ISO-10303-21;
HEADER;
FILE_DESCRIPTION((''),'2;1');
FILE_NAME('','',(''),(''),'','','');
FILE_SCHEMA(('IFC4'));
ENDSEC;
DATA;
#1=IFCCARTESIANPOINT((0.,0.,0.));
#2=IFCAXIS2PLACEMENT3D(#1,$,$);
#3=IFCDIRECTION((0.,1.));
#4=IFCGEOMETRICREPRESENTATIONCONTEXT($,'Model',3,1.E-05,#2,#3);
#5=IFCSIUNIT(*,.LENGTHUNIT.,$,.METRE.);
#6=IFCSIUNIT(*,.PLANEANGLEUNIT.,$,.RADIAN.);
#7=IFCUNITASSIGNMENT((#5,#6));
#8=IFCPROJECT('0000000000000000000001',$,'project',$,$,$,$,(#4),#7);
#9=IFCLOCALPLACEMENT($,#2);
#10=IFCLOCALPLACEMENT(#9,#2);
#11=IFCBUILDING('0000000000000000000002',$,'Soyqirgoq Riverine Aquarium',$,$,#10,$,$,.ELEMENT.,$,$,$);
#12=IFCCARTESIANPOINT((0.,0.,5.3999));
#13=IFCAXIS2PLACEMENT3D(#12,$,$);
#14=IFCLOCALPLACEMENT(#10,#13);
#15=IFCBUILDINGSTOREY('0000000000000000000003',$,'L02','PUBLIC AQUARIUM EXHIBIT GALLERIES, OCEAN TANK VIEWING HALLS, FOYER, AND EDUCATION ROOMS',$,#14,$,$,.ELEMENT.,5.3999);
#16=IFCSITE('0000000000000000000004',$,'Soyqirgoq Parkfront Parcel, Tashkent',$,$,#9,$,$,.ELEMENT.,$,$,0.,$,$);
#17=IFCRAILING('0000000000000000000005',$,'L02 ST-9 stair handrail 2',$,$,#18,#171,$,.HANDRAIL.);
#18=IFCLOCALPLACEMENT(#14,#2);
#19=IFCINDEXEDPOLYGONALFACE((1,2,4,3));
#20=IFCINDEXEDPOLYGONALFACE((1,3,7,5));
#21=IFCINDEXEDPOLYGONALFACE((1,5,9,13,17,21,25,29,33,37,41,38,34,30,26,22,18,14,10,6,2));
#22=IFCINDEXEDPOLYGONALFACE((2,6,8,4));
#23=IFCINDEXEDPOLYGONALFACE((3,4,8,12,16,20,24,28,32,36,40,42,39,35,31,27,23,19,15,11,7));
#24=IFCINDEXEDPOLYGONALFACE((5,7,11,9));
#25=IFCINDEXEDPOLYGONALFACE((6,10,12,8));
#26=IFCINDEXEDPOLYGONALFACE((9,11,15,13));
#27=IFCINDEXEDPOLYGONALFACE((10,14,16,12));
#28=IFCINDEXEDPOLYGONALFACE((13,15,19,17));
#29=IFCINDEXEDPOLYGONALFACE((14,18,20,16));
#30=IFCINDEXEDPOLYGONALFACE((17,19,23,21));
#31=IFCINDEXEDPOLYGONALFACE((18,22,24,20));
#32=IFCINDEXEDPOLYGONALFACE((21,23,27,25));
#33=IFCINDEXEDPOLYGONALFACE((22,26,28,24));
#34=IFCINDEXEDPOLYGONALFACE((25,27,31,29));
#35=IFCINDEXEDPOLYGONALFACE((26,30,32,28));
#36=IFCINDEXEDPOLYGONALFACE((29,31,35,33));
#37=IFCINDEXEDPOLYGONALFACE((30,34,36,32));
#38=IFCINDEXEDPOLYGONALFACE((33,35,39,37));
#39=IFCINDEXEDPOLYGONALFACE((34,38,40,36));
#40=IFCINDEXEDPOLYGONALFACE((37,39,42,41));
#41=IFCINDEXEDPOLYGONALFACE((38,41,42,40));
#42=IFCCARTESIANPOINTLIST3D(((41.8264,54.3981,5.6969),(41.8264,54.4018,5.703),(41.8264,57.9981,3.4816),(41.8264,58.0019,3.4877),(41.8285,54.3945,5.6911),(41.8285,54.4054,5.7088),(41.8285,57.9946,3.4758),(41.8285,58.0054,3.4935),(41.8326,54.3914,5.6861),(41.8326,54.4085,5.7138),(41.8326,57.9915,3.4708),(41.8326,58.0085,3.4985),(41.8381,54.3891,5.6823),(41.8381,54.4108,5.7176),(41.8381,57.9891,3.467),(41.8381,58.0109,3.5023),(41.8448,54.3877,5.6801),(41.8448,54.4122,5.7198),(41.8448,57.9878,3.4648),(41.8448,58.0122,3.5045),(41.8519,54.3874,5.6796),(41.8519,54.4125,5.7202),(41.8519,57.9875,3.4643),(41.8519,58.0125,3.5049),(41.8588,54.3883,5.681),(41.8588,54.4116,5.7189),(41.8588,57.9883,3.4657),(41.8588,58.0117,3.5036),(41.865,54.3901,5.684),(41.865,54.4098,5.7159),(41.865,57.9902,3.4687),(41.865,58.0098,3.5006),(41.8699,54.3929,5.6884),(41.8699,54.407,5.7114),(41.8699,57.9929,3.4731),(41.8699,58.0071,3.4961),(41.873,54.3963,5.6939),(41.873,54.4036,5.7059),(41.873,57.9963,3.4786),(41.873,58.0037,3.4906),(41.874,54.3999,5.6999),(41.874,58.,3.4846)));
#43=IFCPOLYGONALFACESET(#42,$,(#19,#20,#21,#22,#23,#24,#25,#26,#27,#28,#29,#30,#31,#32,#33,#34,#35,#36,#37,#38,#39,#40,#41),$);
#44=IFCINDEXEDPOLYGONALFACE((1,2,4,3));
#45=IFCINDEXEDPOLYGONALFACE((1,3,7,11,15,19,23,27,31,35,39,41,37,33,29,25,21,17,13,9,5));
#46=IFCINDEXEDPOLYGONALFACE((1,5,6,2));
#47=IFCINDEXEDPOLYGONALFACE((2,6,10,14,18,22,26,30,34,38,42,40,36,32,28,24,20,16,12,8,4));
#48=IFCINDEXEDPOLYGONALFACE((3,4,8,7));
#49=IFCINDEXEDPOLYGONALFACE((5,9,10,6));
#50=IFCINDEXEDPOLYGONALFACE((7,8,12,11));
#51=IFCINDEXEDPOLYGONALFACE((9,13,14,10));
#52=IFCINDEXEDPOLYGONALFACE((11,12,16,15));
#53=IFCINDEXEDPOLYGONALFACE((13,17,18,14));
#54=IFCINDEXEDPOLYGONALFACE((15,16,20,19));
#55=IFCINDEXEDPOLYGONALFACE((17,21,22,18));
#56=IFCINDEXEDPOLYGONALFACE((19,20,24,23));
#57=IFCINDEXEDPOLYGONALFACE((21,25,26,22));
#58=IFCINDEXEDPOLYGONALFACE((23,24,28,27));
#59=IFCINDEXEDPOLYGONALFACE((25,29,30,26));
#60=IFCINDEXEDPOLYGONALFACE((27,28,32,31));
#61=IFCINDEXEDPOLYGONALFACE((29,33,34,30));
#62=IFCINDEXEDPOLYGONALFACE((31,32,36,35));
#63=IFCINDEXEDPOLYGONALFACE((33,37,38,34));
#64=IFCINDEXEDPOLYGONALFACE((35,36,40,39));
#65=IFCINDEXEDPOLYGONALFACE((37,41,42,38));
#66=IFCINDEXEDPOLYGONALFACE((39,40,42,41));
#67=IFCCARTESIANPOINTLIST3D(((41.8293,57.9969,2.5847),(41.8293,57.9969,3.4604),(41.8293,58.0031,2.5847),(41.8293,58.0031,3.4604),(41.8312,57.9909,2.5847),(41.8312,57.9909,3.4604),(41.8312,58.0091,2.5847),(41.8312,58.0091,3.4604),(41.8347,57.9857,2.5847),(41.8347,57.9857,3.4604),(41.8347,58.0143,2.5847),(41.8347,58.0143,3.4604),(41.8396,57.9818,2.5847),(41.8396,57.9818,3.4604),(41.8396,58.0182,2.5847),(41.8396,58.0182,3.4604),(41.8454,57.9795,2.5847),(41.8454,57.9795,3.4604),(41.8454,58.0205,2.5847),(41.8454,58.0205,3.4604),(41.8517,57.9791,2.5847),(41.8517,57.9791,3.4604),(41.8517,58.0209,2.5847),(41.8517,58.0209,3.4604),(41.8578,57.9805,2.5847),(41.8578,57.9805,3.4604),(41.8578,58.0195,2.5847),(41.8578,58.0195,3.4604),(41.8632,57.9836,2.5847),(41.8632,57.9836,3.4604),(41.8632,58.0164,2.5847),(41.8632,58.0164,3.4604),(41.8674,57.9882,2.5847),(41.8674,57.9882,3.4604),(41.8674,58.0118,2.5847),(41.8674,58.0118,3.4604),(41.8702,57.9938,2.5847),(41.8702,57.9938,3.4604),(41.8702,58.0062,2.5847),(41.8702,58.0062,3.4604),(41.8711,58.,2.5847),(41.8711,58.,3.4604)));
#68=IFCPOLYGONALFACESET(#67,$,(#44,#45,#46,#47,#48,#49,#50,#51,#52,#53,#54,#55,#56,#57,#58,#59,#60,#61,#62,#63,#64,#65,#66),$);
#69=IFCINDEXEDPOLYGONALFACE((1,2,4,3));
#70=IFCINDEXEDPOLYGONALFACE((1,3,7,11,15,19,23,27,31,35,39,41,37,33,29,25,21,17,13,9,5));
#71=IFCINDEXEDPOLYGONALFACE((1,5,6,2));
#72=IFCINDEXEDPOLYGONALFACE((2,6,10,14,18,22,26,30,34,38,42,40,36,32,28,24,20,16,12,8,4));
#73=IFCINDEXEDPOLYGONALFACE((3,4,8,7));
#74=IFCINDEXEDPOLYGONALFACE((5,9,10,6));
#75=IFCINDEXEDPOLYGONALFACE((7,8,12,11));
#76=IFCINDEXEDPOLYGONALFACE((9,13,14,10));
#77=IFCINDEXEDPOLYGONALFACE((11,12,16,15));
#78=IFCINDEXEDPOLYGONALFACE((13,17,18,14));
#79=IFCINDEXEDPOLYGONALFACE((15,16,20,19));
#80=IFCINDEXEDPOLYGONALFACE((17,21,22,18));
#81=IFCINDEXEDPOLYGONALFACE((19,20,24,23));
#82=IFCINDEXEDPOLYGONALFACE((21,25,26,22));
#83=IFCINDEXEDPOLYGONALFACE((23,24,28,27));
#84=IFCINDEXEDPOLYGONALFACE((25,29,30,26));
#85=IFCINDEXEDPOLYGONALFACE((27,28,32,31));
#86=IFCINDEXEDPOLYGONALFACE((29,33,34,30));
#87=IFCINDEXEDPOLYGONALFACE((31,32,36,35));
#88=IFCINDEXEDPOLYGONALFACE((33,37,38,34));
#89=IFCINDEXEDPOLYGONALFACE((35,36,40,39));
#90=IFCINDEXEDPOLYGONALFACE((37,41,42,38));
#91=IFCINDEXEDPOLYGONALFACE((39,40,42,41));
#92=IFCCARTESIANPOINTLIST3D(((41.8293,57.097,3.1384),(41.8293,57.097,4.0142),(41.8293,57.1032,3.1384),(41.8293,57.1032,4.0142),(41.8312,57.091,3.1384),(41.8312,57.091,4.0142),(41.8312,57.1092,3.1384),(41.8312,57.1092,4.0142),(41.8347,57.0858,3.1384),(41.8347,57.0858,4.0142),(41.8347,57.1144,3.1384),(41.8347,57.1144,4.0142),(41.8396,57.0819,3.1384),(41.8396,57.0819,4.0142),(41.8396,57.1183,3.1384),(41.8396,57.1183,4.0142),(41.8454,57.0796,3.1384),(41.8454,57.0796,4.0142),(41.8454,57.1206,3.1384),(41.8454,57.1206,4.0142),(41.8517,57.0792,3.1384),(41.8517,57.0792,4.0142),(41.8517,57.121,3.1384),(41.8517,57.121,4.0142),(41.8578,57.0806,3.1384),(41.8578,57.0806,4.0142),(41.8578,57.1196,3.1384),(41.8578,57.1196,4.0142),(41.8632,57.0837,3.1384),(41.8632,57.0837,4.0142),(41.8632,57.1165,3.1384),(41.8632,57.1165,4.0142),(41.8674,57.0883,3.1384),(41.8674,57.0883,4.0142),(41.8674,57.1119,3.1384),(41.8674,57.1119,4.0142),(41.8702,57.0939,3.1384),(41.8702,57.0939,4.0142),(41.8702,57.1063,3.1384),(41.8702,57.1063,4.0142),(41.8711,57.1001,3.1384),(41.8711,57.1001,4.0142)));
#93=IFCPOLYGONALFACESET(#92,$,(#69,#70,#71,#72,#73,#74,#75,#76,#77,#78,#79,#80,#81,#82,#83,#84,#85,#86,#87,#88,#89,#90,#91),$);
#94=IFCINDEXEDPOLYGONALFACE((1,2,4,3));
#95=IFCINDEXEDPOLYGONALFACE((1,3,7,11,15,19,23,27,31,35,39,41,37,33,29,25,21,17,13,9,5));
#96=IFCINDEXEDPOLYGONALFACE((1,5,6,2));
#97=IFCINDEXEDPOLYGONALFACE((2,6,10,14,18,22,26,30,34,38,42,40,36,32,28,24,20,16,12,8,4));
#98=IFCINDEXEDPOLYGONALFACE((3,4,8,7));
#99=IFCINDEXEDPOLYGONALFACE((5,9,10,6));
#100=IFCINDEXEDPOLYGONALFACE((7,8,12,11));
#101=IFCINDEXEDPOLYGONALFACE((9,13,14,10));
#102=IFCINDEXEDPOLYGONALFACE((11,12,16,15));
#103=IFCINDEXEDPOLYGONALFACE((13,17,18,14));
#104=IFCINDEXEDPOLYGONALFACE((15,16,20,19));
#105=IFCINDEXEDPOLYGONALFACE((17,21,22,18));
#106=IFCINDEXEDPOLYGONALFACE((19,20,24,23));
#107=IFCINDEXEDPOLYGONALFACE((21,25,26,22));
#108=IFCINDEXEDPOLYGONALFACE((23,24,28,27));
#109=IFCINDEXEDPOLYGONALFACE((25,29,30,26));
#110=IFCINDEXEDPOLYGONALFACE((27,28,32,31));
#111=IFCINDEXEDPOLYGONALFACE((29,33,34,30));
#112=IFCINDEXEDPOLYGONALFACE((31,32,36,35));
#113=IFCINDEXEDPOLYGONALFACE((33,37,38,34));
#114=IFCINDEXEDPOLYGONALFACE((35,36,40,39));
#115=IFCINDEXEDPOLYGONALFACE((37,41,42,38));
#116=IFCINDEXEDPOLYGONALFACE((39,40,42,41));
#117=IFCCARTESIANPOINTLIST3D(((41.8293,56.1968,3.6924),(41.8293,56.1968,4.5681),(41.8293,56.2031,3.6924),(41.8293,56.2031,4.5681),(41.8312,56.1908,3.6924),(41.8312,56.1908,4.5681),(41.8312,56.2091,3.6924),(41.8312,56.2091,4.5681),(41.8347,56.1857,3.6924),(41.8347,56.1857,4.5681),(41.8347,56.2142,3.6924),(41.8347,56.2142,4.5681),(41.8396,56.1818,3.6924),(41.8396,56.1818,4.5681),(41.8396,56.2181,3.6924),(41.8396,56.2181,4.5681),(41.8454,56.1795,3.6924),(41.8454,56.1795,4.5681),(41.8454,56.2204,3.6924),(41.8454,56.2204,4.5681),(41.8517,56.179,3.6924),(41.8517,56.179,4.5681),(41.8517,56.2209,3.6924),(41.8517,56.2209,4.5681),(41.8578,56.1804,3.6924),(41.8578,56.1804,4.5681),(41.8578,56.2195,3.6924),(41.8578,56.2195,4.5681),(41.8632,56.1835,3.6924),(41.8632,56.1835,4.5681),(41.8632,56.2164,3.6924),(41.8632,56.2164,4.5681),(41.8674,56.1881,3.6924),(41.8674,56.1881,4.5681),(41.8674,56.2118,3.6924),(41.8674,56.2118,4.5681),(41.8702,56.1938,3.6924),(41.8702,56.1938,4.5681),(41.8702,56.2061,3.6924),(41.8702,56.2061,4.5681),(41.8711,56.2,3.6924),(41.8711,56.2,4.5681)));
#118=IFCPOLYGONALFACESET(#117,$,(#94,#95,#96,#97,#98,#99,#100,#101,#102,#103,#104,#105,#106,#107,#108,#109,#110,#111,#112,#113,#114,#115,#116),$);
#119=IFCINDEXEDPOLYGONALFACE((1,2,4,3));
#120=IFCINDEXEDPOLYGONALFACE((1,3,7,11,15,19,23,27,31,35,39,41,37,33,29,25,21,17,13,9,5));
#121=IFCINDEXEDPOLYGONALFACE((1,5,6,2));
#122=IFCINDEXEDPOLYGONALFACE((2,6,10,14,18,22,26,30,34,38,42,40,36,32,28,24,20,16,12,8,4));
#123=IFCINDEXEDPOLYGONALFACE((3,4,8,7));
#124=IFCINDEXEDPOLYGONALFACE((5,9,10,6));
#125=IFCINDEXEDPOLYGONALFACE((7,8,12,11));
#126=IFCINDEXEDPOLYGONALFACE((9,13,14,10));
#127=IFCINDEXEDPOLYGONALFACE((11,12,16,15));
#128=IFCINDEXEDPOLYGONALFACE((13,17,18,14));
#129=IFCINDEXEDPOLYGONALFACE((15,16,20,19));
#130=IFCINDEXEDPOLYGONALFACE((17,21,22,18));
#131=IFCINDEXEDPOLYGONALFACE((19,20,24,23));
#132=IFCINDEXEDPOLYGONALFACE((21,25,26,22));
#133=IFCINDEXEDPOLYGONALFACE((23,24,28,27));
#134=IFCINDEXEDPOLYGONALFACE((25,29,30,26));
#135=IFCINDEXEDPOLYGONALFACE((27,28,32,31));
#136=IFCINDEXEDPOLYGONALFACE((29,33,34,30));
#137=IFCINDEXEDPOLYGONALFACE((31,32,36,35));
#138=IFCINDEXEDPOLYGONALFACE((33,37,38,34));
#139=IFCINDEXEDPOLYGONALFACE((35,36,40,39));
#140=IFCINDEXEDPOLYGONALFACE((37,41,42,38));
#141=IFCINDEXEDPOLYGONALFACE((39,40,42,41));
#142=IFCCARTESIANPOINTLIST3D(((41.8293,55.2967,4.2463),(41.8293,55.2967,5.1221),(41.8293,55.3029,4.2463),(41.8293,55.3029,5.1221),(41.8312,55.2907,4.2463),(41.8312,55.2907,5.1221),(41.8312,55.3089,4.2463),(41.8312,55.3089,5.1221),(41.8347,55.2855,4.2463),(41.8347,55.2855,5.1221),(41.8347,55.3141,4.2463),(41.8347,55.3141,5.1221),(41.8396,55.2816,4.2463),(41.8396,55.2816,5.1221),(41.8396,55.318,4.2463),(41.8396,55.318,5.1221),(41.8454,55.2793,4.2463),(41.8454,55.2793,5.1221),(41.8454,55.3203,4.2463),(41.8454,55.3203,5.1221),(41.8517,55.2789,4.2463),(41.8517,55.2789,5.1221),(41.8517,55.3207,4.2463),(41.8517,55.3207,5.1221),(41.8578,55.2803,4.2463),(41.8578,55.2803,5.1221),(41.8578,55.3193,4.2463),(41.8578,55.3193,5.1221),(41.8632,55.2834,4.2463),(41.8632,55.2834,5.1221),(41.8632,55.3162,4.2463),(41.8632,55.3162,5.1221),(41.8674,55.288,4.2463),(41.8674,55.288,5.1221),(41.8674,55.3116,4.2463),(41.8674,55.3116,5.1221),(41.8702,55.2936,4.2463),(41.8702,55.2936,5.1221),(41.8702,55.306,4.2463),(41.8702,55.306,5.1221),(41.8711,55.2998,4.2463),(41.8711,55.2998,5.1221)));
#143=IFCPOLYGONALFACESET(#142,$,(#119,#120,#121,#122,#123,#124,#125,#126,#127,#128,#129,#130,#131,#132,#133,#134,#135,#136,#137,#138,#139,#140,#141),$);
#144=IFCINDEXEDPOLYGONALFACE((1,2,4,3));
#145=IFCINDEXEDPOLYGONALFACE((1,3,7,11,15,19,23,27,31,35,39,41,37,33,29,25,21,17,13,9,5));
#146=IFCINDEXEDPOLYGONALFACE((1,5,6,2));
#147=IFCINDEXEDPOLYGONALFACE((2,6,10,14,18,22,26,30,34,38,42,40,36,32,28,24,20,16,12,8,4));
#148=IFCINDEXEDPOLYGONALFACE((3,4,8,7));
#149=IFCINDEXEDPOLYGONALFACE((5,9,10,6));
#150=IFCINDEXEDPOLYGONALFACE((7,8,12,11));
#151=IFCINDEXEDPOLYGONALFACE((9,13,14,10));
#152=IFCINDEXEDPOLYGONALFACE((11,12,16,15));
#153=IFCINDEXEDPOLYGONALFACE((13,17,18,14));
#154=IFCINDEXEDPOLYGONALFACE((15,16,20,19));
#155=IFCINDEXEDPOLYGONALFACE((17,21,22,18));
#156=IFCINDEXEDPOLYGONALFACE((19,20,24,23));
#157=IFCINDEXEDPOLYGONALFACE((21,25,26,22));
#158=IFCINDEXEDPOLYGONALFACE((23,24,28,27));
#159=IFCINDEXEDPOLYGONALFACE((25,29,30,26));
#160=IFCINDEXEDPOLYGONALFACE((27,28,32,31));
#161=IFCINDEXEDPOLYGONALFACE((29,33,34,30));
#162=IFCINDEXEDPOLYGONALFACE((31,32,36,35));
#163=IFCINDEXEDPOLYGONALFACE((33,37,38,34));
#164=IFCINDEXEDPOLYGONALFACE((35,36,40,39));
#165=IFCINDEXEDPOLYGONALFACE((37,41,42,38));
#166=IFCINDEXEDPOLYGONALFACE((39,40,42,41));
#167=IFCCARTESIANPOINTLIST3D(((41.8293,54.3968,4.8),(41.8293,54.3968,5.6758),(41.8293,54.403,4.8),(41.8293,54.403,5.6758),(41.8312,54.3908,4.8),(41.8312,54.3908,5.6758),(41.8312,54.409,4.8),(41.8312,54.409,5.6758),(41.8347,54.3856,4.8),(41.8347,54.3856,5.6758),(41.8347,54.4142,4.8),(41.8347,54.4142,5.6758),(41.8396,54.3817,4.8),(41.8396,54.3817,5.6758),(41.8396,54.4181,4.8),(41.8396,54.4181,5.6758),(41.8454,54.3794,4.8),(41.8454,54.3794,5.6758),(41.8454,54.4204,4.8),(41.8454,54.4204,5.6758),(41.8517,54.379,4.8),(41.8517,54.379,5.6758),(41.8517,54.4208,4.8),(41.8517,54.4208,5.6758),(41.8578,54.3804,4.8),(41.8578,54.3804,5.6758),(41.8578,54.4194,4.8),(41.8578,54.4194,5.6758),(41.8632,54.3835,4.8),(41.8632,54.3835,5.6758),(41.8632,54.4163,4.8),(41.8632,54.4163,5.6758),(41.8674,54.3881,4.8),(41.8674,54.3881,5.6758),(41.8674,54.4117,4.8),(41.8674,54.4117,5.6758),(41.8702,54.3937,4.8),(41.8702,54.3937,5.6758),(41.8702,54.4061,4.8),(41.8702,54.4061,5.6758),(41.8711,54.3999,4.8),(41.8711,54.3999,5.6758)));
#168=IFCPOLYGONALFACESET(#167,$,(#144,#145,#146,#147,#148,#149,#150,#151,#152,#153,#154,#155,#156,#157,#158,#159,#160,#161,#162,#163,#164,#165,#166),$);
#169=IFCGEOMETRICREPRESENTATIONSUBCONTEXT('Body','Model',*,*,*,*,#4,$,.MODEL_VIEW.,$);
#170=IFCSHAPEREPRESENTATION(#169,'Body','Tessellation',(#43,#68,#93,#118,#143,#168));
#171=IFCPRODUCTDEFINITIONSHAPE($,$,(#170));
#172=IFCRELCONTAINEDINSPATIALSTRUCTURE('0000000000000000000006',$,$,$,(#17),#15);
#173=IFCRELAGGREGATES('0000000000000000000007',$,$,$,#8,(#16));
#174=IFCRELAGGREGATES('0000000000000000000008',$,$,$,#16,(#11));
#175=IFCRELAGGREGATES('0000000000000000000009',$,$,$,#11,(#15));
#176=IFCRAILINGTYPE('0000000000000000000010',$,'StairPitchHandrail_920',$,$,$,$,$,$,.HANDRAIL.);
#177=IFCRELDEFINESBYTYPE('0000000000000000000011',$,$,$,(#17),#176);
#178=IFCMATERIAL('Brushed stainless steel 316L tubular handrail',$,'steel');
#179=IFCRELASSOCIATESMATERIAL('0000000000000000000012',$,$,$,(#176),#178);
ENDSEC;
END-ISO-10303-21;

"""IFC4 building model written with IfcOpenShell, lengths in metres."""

from ifc_helpers import new_model, si_unit, direction, frame, origin, origin_2d, place, context, subcontext, project, spatial, circle, extrude, material, type_object, element, save


model = new_model("IFC4")

# Units and contexts
model_context = context("Model", 3, precision=1e-05, world=origin(), true_north=direction((0.0, 1.0)))
body_context = subcontext(model_context, "Body", "Model", "MODEL_VIEW")
ifc_project = project(units=[si_unit("LENGTHUNIT", "METRE"), si_unit("PLANEANGLEUNIT", "RADIAN")], contexts=[model_context])

# Site, building, storey
site_placement = place(None, origin())
site = spatial("IfcSite", under=ifc_project, at=site_placement, Name="Soyqirgoq Parkfront Parcel, Tashkent", CompositionType="ELEMENT", RefElevation=0.0)
building_placement = place(site_placement, origin())
building = spatial("IfcBuilding", under=site, at=building_placement, Name="Soyqirgoq Riverine Aquarium", CompositionType="ELEMENT")
storey_placement = place(building_placement, frame((0.0, 0.0, 5.3999)))
storey = spatial("IfcBuildingStorey", under=building, at=storey_placement, Name="L02", Description="PUBLIC AQUARIUM EXHIBIT GALLERIES, OCEAN TANK VIEWING HALLS, FOYER, AND EDUCATION ROOMS", CompositionType="ELEMENT", Elevation=5.3999)

# Railing
ifc_material_1 = material(Name="Brushed stainless steel 316L tubular handrail", Category="steel")
railing_type_1 = type_object("IfcRailingType", Name="StairPitchHandrail_920", PredefinedType="HANDRAIL", material=ifc_material_1)
railing_1_placement = place(storey_placement, frame((41.8501, 58.0, 2.5847)))
element("IfcRailing", 1, at=railing_1_placement, inside=storey, type_object=railing_type_1, Name="L02 ST-9 stair handrail 2", PredefinedType="HANDRAIL", context=body_context, shape_type="SweptSolid", body=[
    extrude(circle(Radius=0.0239, at=origin_2d()), frame((0.0, 0.0, 0.8999), z_axis=(0.0, -0.85167, 0.524078), x_axis=(1.0, 0.0, 0.0)), (0.0, 0.0, 1.0), 4.2271),
    extrude(circle(Radius=0.021, at=origin_2d()), origin(), (0.0, 0.0, 1.0), 0.8757),
    extrude(circle(Radius=0.021, at=origin_2d()), frame((0.0, -0.8999, 0.5537)), (0.0, 0.0, 1.0), 0.8757),
    extrude(circle(Radius=0.021, at=origin_2d()), frame((0.0, -1.8, 1.1077)), (0.0, 0.0, 1.0), 0.8757),
    extrude(circle(Radius=0.021, at=origin_2d()), frame((0.0, -2.7002, 1.6616)), (0.0, 0.0, 1.0), 0.8757),
    extrude(circle(Radius=0.021, at=origin_2d()), frame((0.0, -3.6001, 2.2153)), (0.0, 0.0, 1.0), 0.8757),
])

save(model, "model.ifc")
